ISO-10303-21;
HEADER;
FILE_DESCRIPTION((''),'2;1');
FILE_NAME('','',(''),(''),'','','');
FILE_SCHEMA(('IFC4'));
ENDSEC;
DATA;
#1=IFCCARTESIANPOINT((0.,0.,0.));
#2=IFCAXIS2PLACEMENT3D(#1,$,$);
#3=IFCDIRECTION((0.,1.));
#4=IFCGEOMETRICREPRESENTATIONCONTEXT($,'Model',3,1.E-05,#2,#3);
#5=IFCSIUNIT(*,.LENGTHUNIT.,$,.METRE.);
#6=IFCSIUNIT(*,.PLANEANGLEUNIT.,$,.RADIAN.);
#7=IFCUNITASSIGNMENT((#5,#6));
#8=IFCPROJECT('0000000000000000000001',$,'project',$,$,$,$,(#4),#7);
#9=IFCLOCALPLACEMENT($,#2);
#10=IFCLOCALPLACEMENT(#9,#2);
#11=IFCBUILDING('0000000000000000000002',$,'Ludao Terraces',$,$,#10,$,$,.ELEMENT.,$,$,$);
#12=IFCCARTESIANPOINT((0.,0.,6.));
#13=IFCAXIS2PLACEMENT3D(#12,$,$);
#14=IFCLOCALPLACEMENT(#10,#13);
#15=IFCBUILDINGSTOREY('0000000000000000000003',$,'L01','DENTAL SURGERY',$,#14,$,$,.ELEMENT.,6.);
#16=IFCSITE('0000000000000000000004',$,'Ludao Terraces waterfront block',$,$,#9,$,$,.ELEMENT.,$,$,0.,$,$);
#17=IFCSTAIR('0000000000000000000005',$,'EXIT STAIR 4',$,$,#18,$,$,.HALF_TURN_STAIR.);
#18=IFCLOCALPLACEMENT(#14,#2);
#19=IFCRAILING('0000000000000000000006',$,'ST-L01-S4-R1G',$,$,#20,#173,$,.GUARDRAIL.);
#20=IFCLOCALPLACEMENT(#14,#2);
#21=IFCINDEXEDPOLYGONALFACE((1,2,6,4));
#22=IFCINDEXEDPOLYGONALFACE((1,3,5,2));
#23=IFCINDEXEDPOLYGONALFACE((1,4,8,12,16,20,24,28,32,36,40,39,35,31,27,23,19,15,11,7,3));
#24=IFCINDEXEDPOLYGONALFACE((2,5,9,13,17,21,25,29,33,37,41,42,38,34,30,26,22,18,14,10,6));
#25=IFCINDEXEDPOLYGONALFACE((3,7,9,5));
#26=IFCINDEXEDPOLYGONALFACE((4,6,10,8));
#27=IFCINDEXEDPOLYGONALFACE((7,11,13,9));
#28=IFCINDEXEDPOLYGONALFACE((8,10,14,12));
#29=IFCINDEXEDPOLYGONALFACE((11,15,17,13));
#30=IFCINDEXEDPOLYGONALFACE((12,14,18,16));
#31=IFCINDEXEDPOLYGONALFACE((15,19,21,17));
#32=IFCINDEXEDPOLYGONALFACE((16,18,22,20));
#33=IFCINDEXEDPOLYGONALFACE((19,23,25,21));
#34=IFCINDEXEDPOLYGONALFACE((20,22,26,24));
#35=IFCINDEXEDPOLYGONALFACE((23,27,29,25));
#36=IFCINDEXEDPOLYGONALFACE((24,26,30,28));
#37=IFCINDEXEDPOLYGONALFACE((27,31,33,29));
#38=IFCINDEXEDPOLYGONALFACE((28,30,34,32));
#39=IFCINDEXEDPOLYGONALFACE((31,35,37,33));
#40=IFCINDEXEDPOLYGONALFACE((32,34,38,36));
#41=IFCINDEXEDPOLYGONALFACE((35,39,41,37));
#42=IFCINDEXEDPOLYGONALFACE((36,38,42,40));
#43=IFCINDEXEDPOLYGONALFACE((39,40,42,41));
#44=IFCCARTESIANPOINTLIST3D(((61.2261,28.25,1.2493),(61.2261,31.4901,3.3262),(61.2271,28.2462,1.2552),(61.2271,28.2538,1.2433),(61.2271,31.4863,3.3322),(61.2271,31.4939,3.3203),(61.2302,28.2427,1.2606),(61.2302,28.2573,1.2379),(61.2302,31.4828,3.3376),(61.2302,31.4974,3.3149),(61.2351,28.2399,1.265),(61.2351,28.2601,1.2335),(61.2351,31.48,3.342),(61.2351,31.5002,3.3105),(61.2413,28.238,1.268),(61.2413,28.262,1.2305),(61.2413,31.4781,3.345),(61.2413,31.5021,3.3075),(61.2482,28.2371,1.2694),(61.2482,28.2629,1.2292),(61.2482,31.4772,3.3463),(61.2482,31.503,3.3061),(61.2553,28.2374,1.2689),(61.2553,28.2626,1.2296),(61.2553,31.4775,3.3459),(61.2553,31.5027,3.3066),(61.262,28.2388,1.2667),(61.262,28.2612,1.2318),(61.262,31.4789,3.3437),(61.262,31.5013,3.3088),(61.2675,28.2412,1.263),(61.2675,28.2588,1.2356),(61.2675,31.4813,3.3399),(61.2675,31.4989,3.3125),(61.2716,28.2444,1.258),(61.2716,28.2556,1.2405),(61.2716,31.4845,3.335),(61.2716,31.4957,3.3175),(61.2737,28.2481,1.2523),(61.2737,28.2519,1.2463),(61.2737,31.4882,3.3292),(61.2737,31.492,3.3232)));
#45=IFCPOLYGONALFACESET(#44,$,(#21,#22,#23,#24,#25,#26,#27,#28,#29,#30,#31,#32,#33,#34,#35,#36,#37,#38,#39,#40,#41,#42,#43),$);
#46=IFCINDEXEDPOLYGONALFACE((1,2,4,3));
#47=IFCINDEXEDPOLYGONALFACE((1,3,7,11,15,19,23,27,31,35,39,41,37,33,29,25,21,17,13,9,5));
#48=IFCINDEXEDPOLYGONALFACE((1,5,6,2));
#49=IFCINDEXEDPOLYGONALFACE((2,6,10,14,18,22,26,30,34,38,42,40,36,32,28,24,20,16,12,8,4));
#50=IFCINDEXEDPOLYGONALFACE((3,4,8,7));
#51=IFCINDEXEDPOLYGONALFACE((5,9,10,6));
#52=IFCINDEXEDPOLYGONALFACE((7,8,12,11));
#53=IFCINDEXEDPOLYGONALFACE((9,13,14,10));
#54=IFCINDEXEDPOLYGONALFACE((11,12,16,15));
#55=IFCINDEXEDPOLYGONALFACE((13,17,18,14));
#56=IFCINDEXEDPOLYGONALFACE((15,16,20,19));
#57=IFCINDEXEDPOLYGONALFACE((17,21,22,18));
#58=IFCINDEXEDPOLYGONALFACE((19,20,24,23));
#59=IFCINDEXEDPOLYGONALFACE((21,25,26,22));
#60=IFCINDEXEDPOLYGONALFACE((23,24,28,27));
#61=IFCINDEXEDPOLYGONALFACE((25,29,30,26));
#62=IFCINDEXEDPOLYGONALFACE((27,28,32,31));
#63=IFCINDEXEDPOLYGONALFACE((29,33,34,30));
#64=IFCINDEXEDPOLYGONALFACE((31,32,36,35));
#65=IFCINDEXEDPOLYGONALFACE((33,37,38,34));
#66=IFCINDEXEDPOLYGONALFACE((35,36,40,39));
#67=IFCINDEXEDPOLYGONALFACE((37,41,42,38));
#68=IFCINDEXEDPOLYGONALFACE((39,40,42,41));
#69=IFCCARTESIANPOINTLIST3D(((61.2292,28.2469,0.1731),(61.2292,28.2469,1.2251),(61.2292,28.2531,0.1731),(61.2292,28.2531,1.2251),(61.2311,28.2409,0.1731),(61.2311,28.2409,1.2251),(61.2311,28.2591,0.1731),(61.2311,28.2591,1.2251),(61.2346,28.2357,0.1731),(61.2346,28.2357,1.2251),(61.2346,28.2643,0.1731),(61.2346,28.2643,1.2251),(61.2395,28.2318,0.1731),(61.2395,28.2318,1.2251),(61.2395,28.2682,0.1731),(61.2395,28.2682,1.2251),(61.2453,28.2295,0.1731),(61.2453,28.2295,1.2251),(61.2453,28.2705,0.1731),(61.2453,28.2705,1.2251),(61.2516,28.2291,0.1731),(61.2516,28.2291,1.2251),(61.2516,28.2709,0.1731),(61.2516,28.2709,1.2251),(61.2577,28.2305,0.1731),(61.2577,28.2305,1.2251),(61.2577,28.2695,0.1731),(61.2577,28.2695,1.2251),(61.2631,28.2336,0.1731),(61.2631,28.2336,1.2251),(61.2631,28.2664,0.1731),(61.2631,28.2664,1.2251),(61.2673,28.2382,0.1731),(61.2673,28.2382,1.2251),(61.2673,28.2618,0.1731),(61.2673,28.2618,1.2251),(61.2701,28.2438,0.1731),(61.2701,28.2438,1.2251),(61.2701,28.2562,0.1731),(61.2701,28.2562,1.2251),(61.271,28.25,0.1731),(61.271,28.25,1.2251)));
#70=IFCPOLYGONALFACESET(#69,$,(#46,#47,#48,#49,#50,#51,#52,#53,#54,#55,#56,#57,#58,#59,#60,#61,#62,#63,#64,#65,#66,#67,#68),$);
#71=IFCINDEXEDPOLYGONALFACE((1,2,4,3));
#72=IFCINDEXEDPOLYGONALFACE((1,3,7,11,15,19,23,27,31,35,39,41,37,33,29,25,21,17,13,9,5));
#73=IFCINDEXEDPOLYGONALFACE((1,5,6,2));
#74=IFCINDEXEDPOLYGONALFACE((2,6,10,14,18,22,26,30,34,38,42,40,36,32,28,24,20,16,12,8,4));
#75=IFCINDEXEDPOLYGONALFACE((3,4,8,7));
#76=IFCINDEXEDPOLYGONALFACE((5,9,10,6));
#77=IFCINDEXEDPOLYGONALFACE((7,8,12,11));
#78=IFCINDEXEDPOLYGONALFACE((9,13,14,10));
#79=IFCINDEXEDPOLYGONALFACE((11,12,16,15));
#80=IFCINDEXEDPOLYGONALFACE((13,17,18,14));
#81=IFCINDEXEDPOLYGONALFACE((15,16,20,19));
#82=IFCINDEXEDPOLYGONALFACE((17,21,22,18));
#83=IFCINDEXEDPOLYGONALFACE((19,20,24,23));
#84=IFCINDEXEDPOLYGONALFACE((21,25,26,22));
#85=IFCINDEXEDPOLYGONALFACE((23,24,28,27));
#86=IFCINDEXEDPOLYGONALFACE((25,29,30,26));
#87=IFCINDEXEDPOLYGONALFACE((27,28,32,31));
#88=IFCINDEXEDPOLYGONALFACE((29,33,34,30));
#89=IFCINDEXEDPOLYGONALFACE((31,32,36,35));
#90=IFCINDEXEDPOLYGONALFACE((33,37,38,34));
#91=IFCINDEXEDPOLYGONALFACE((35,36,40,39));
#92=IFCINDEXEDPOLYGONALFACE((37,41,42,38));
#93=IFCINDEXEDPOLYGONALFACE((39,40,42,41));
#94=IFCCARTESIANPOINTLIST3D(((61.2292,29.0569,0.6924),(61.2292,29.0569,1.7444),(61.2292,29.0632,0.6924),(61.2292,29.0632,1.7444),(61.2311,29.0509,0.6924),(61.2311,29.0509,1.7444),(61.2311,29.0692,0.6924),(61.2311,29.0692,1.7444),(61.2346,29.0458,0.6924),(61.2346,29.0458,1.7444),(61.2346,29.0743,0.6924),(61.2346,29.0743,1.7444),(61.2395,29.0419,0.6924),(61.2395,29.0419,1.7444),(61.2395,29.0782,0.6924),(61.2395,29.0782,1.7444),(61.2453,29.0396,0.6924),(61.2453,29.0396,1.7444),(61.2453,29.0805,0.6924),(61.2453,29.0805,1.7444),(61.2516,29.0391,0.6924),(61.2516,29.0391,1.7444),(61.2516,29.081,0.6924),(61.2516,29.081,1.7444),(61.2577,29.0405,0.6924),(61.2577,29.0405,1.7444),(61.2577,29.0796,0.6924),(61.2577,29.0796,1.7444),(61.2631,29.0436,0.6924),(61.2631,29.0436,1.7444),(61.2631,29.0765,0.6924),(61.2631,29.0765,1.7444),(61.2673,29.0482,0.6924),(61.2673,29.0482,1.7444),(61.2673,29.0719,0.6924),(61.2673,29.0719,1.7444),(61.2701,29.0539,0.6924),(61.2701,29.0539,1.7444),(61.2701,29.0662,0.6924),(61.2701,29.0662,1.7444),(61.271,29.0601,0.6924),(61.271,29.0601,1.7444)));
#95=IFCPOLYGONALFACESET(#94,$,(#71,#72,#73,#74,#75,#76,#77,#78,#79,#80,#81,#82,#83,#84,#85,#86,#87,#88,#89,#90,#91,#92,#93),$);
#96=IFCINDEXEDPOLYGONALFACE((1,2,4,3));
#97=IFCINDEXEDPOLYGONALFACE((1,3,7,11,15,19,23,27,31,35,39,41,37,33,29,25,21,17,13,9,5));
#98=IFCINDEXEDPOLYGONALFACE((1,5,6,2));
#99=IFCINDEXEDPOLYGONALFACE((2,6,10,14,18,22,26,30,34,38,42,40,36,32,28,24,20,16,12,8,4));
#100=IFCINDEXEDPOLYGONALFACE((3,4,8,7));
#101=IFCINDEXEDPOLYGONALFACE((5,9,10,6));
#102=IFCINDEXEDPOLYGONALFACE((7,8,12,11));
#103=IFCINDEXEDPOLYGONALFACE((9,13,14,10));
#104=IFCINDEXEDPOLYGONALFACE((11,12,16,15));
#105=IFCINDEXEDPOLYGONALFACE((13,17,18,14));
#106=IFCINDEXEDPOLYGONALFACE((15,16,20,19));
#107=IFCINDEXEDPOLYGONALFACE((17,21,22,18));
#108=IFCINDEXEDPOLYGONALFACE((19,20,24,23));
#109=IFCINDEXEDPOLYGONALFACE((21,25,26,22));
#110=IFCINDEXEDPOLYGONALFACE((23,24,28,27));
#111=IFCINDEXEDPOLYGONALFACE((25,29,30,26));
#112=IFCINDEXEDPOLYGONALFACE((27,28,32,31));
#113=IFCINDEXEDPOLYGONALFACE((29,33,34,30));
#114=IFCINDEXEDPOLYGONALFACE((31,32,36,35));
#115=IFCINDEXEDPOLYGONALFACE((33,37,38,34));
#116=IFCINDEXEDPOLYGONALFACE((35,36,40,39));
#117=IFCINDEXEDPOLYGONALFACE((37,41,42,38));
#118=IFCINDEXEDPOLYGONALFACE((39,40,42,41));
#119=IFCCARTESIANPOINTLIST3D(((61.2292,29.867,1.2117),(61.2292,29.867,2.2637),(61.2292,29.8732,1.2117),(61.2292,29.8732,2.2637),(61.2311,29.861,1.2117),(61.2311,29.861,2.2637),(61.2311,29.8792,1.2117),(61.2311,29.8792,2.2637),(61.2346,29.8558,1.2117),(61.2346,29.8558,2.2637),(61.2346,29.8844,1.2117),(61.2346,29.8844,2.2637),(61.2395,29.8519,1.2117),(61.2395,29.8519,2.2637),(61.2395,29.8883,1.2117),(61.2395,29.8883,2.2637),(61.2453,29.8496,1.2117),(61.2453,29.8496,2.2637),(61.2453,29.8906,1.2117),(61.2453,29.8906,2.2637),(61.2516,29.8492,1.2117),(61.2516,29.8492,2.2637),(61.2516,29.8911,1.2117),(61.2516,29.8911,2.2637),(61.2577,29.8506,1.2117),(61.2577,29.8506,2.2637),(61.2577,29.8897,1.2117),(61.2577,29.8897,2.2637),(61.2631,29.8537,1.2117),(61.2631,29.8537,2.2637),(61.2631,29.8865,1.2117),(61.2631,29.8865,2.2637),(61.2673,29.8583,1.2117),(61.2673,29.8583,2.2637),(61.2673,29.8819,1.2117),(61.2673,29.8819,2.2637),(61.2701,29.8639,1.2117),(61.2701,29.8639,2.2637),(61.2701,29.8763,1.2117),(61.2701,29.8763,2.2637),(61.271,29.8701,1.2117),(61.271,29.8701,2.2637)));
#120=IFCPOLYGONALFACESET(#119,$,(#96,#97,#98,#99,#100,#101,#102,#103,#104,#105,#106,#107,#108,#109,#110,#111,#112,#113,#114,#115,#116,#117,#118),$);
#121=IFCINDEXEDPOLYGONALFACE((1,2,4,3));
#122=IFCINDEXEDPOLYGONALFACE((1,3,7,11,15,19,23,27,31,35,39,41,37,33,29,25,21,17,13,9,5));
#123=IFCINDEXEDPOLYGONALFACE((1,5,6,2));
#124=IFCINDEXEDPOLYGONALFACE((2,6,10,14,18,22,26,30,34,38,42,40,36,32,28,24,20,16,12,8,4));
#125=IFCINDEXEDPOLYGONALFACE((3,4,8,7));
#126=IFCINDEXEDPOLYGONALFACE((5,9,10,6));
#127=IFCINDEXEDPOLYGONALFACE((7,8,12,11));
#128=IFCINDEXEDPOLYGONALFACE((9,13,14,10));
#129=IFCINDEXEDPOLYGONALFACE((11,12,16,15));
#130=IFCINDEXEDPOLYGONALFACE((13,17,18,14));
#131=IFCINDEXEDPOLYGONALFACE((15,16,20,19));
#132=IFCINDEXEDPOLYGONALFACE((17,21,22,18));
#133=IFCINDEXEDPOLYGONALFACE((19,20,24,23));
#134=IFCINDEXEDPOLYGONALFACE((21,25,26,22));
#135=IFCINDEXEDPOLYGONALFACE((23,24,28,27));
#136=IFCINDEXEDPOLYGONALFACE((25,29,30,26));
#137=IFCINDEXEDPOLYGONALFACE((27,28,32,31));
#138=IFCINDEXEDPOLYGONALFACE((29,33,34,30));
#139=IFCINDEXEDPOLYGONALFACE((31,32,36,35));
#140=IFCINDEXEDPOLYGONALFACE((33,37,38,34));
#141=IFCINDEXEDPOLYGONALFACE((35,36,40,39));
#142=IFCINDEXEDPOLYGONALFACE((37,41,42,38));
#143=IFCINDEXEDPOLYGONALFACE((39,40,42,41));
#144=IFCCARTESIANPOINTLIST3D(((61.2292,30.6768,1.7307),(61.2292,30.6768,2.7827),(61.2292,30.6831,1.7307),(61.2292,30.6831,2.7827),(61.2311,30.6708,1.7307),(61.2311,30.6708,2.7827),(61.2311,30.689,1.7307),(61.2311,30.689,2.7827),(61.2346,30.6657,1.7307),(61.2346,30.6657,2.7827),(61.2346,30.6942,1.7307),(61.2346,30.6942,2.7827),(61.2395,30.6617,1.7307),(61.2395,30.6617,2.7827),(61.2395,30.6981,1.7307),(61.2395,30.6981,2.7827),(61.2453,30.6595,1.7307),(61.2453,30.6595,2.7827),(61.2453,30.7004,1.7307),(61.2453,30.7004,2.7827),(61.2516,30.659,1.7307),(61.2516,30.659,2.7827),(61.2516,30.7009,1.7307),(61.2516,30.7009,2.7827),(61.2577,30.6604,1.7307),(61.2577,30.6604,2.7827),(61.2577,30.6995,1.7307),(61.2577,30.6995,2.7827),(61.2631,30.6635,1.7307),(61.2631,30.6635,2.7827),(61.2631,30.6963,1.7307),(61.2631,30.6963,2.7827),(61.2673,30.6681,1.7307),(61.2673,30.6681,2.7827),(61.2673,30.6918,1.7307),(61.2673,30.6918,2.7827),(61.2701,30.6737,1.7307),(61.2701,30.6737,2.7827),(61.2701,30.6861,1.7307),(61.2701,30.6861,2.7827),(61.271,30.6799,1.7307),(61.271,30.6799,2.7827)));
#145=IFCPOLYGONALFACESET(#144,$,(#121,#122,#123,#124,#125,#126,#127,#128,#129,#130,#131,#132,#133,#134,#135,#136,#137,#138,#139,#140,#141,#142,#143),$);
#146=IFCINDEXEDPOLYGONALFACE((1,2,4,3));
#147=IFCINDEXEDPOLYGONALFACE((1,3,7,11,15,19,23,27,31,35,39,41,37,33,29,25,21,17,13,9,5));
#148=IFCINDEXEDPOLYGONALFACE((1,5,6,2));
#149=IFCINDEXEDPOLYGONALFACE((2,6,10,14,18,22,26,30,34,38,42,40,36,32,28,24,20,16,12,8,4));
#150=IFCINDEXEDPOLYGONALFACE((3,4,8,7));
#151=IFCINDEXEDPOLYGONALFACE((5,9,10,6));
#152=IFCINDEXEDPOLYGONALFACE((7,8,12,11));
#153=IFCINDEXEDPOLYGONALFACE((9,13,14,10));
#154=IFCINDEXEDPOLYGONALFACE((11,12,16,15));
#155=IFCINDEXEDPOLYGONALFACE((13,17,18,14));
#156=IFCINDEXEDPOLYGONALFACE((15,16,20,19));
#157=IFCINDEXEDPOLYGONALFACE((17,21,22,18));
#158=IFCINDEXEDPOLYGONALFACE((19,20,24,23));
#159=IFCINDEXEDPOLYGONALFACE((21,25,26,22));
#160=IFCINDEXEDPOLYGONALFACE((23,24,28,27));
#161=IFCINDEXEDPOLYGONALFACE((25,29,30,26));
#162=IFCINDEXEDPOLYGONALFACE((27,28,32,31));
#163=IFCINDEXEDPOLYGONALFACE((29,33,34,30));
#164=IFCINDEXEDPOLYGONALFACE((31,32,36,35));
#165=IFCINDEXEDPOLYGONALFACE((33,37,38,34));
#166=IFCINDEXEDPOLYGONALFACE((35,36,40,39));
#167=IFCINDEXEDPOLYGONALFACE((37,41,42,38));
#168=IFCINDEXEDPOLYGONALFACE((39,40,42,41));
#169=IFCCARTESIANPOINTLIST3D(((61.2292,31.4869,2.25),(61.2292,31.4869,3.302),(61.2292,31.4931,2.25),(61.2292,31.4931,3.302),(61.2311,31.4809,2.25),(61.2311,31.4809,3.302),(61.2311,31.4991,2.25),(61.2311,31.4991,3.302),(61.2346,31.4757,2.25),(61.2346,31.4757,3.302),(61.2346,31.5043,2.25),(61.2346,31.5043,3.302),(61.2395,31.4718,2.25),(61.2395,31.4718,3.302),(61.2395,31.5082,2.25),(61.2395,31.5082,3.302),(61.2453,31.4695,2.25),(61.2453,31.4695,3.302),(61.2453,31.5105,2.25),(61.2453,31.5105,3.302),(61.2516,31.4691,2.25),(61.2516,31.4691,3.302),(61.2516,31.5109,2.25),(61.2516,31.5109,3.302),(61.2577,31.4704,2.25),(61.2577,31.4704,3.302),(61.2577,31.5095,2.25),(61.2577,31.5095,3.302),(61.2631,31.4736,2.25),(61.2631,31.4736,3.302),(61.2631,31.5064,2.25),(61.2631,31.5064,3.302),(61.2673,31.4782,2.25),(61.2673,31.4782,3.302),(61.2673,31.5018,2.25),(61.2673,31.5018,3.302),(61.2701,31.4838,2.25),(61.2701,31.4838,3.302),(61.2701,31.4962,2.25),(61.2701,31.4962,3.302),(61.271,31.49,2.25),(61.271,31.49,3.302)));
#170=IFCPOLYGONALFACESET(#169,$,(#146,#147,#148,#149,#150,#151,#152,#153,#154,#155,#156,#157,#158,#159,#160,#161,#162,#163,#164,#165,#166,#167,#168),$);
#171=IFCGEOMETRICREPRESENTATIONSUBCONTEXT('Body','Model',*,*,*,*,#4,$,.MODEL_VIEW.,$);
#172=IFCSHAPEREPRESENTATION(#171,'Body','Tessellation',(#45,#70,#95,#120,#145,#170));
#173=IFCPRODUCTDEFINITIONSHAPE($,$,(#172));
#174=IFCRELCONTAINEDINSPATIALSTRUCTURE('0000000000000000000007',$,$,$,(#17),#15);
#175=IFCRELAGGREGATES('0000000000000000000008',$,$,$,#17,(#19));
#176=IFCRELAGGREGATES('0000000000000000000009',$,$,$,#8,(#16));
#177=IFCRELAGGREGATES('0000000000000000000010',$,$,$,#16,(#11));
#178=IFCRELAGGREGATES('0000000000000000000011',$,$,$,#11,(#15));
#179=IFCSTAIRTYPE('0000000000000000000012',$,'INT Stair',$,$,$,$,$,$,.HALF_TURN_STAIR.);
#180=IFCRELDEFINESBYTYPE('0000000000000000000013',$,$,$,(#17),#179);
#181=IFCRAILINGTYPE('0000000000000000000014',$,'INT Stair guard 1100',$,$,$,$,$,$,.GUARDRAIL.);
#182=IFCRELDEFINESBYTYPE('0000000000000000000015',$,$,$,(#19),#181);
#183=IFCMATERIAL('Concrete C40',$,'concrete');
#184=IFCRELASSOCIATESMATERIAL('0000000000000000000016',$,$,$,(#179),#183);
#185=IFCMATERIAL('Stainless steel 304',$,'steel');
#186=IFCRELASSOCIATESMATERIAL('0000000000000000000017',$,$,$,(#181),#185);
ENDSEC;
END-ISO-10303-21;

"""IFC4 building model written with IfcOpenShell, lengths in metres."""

from ifc_helpers import new_model, si_unit, direction, frame, origin, origin_2d, place, context, subcontext, project, spatial, circle, extrude, material, type_object, element, aggregate, save


model = new_model("IFC4")

# Units and contexts
model_context = context("Model", 3, precision=1e-05, world=origin(), true_north=direction((0.0, 1.0)))
body_context = subcontext(model_context, "Body", "Model", "MODEL_VIEW")
ifc_project = project(units=[si_unit("LENGTHUNIT", "METRE"), si_unit("PLANEANGLEUNIT", "RADIAN")], contexts=[model_context])

# Site, building, storey
site_placement = place(None, origin())
site = spatial("IfcSite", under=ifc_project, at=site_placement, Name="Ludao Terraces waterfront block", CompositionType="ELEMENT", RefElevation=0.0)
building_placement = place(site_placement, origin())
building = spatial("IfcBuilding", under=site, at=building_placement, Name="Ludao Terraces", CompositionType="ELEMENT")
storey_placement = place(building_placement, frame((0.0, 0.0, 6.0)))
storey = spatial("IfcBuildingStorey", under=building, at=storey_placement, Name="L01", Description="DENTAL SURGERY", CompositionType="ELEMENT", Elevation=6.0)

# Stair, railing
ifc_material_1 = material(Name="Concrete C40", Category="concrete")
stair_type = type_object("IfcStairType", Name="INT Stair", PredefinedType="HALF_TURN_STAIR", material=ifc_material_1)
stair_placement = place(storey_placement, origin())
stair = element("IfcStair", 1, at=stair_placement, inside=storey, type_object=stair_type, Name="EXIT STAIR 4", PredefinedType="HALF_TURN_STAIR")
ifc_material_2 = material(Name="Stainless steel 304", Category="steel")
railing_type_1 = type_object("IfcRailingType", Name="INT Stair guard 1100", PredefinedType="GUARDRAIL", material=ifc_material_2)
railing_1_placement = place(storey_placement, frame((61.25, 28.25, 0.1731)))
railing_1 = element("IfcRailing", 2, at=railing_1_placement, type_object=railing_type_1, Name="ST-L01-S4-R1G", PredefinedType="GUARDRAIL", context=body_context, shape_type="SweptSolid", body=[
    extrude(circle(Radius=0.0239, at=origin_2d()), frame((0.0, 0.0, 1.0762), z_axis=(0.0, 0.841881, 0.539664), x_axis=(-1.0, 0.0, 0.0)), (0.0, 0.0, 1.0), 3.8486),
    extrude(circle(Radius=0.021, at=origin_2d()), origin(), (0.0, 0.0, 1.0), 1.052),
    extrude(circle(Radius=0.021, at=origin_2d()), frame((0.0, 0.8101, 0.5193)), (0.0, 0.0, 1.0), 1.052),
    extrude(circle(Radius=0.021, at=origin_2d()), frame((0.0, 1.6201, 1.0386)), (0.0, 0.0, 1.0), 1.052),
    extrude(circle(Radius=0.021, at=origin_2d()), frame((0.0, 2.4299, 1.5576)), (0.0, 0.0, 1.0), 1.052),
    extrude(circle(Radius=0.021, at=origin_2d()), frame((0.0, 3.24, 2.0769)), (0.0, 0.0, 1.0), 1.052),
])
aggregate(stair, [railing_1])

save(model, "model.ifc")
